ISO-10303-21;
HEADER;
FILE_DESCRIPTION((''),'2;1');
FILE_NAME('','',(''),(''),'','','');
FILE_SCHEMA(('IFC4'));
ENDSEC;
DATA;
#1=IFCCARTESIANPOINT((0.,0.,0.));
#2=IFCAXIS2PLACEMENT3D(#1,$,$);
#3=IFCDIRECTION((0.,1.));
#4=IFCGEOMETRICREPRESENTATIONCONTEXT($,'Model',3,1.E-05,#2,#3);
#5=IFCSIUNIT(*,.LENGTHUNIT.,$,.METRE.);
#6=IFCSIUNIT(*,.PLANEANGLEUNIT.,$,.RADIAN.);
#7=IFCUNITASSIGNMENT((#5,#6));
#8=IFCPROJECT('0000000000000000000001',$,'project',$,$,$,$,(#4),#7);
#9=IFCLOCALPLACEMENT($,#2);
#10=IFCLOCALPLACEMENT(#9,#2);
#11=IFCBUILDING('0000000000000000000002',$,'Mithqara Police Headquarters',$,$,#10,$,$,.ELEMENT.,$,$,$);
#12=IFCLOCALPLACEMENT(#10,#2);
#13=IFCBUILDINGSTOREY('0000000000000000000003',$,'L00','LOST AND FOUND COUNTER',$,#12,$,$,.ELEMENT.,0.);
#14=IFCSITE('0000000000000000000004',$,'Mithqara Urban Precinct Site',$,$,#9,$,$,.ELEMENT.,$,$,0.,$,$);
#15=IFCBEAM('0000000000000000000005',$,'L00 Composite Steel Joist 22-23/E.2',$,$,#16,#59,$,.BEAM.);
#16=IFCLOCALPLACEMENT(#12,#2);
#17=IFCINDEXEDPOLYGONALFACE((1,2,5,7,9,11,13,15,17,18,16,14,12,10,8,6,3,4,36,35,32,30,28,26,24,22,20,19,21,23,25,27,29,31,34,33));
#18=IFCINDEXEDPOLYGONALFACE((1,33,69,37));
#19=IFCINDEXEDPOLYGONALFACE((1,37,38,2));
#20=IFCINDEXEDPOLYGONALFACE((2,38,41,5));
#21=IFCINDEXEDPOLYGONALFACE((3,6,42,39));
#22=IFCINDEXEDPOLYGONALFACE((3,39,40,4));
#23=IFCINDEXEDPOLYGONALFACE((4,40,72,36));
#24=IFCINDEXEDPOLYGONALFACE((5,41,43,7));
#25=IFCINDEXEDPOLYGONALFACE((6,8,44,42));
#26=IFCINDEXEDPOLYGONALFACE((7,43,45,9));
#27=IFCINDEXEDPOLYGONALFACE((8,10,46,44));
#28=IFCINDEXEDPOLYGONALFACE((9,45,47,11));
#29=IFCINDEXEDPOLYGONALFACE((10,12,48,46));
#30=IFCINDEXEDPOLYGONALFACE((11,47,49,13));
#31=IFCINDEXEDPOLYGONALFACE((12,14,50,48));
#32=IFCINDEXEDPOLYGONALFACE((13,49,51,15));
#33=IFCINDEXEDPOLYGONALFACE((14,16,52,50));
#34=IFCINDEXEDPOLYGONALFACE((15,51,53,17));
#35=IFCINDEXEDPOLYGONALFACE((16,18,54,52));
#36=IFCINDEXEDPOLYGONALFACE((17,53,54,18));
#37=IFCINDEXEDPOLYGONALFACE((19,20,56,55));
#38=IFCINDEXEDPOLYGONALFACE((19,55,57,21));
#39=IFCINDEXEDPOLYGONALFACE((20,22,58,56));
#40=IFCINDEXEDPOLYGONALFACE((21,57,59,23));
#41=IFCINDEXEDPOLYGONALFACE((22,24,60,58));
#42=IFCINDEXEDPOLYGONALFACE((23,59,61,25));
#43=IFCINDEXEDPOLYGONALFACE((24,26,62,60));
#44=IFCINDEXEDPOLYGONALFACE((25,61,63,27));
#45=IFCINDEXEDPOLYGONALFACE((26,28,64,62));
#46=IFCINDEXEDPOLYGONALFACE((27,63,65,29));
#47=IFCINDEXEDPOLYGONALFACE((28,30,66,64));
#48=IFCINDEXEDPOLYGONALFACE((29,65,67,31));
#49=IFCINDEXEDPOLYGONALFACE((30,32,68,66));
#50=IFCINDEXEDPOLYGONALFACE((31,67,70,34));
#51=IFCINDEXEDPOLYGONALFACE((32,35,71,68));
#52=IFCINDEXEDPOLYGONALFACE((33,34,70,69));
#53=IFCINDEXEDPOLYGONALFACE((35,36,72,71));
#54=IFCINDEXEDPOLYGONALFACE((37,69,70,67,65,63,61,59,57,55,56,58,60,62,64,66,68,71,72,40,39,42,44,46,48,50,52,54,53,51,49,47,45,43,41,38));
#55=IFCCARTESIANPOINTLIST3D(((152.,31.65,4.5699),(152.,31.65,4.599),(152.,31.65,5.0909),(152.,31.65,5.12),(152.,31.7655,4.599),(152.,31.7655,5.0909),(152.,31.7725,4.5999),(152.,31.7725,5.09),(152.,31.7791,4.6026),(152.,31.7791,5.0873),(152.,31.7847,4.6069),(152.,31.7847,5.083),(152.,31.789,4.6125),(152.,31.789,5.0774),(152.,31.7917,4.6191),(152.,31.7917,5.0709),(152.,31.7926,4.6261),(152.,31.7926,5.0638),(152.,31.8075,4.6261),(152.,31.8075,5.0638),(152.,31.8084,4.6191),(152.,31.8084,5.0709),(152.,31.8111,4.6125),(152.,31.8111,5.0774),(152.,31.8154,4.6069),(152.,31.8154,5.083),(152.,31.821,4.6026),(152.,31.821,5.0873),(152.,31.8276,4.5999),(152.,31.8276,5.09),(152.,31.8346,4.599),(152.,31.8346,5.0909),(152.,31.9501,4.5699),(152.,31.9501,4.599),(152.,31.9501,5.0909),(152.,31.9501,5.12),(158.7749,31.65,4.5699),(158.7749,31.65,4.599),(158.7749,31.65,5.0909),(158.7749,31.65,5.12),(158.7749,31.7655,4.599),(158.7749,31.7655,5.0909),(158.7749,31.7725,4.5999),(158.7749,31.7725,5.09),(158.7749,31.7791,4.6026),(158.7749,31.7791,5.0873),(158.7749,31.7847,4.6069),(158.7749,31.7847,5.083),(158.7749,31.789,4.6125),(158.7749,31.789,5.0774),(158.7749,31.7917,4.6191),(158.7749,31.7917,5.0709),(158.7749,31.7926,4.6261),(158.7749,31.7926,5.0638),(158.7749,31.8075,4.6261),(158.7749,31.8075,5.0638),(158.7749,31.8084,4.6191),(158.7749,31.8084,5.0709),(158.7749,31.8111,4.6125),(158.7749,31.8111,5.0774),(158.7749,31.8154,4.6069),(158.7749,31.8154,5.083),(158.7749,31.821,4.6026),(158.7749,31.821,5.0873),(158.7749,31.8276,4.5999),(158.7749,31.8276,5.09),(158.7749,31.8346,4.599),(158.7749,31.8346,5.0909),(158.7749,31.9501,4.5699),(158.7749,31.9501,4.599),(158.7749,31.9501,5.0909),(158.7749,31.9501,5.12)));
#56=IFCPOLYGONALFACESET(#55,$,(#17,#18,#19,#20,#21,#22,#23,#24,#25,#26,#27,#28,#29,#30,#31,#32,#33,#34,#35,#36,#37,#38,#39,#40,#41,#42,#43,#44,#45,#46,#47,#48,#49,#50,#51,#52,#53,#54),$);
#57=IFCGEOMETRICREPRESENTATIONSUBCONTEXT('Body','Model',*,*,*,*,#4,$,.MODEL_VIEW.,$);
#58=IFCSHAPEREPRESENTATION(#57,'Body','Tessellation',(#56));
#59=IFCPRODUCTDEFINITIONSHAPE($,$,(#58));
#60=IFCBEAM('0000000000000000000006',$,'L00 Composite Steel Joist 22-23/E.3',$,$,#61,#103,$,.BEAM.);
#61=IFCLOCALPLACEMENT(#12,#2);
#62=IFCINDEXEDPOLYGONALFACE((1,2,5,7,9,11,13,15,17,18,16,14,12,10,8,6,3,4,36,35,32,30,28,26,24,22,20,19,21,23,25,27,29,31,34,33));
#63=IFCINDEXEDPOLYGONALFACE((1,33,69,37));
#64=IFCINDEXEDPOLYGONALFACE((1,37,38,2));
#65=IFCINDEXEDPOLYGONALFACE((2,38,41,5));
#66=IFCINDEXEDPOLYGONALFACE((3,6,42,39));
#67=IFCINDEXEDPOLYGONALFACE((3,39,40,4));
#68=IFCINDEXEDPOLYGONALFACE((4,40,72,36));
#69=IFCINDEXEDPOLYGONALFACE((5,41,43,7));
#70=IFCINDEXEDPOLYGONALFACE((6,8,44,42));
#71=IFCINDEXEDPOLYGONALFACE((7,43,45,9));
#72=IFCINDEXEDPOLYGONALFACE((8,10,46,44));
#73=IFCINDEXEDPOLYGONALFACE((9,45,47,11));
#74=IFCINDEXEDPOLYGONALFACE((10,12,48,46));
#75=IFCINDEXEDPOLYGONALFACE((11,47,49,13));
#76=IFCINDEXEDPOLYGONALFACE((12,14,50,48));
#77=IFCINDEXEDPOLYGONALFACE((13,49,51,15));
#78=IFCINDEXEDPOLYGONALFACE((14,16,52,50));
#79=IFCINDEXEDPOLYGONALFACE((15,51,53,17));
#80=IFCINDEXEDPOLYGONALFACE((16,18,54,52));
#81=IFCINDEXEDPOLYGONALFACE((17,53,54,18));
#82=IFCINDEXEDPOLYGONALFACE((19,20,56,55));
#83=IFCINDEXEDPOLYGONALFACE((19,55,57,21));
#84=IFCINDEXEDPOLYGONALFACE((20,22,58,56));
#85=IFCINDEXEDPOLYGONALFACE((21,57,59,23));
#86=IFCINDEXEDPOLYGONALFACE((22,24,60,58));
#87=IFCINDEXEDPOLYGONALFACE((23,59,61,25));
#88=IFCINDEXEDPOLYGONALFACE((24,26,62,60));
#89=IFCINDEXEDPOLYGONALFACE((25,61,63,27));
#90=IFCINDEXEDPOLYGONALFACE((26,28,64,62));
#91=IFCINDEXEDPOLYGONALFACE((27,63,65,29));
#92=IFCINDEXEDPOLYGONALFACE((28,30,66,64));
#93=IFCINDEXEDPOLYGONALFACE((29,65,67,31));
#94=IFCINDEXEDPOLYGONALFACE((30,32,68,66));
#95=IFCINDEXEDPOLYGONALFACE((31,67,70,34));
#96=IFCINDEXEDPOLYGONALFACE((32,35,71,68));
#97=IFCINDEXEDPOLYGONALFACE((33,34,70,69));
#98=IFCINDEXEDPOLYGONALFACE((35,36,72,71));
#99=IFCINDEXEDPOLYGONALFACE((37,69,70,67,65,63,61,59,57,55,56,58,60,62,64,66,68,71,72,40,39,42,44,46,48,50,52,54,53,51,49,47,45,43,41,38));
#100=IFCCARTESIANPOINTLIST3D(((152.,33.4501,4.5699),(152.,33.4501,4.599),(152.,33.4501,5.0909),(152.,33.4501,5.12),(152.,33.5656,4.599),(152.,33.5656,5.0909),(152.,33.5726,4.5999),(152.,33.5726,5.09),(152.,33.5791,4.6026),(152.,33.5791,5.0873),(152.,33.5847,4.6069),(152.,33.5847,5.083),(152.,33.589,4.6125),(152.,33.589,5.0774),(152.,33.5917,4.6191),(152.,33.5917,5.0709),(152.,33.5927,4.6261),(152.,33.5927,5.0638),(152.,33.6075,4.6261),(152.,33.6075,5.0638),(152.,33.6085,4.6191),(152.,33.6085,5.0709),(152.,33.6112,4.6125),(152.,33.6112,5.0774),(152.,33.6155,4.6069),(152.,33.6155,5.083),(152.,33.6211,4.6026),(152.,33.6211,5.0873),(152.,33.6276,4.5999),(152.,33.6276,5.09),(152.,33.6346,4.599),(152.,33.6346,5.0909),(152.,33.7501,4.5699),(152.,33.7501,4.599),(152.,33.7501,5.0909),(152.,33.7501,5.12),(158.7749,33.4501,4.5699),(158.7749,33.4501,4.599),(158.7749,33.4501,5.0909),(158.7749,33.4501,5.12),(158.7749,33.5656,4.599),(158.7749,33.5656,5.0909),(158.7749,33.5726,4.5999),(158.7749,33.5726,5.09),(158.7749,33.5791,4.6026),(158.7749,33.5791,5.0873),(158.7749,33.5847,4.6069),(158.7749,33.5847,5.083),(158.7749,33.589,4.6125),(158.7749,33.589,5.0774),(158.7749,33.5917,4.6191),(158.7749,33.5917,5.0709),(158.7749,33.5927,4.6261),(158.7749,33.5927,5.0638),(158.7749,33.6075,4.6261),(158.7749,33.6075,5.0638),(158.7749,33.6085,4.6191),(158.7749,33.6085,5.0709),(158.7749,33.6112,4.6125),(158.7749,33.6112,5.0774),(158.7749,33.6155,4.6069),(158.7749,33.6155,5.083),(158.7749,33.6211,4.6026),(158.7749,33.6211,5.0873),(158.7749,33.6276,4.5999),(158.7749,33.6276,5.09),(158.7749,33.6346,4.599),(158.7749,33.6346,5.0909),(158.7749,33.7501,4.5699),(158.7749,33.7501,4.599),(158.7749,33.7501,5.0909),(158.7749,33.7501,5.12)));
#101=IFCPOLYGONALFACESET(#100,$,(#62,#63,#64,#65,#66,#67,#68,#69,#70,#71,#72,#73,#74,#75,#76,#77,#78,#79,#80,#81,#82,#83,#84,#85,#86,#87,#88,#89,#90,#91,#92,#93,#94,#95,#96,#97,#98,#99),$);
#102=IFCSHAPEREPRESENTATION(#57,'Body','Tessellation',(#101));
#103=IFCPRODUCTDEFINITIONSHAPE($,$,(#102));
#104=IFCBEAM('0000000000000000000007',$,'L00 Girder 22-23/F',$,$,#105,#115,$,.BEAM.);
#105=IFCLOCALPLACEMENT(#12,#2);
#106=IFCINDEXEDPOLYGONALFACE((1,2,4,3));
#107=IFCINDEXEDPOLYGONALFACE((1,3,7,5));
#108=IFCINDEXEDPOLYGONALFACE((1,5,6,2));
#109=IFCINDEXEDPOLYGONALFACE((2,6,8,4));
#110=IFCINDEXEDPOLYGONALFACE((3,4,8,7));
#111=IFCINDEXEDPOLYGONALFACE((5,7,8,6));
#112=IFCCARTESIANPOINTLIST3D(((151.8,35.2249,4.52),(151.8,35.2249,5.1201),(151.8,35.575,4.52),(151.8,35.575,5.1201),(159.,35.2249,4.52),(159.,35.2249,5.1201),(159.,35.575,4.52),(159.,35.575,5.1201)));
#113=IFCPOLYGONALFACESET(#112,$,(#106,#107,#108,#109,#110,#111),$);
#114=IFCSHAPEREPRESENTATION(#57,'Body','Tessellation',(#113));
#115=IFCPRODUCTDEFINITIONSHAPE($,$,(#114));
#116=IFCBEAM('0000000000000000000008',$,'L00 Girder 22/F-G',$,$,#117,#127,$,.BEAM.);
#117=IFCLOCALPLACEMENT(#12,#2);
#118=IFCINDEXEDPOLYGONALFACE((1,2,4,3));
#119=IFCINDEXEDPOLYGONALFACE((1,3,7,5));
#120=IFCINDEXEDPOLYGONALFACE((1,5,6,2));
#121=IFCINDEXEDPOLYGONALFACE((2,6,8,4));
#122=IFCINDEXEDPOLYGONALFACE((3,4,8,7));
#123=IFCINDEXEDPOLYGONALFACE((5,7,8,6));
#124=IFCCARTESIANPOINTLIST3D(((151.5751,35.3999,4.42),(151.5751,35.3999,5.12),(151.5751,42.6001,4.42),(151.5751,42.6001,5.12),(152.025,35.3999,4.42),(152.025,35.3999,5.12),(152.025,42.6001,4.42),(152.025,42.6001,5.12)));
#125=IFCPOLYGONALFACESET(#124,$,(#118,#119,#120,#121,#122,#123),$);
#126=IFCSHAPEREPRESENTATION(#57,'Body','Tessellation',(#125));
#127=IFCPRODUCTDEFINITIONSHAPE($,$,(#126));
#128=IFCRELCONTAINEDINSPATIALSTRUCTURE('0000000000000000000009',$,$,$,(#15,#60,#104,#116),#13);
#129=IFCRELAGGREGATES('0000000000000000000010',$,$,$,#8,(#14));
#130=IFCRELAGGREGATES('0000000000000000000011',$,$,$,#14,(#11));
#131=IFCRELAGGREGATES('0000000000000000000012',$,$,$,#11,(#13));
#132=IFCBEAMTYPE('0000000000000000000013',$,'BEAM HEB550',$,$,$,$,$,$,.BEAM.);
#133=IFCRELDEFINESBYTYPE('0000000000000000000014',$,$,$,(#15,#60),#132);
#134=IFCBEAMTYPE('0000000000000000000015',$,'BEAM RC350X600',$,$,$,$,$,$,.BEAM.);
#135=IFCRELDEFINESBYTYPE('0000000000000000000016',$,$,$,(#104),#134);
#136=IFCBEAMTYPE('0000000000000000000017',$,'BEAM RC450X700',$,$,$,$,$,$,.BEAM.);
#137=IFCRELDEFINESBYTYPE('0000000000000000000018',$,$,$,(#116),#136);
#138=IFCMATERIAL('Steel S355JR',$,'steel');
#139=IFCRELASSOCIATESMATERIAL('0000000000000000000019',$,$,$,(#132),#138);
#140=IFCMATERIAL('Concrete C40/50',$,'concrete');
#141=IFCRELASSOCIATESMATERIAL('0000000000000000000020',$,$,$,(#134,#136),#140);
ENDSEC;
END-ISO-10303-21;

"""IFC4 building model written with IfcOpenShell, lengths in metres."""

from ifc_helpers import new_model, si_unit, direction, frame, origin, origin_2d, place, context, subcontext, project, spatial, rectangle, i_section, extrude, material, material_profile, profile_set, type_object, element, save


model = new_model("IFC4")

# Units and contexts
model_context = context("Model", 3, precision=1e-05, world=origin(), true_north=direction((0.0, 1.0)))
body_context = subcontext(model_context, "Body", "Model", "MODEL_VIEW")
ifc_project = project(units=[si_unit("LENGTHUNIT", "METRE"), si_unit("PLANEANGLEUNIT", "RADIAN")], contexts=[model_context])

# Site, building, storey
site_placement = place(None, origin())
site = spatial("IfcSite", under=ifc_project, at=site_placement, Name="Mithqara Urban Precinct Site", CompositionType="ELEMENT", RefElevation=0.0)
building_placement = place(site_placement, origin())
building = spatial("IfcBuilding", under=site, at=building_placement, Name="Mithqara Police Headquarters", CompositionType="ELEMENT")
storey_placement = place(building_placement, origin())
storey = spatial("IfcBuildingStorey", under=building, at=storey_placement, Name="L00", Description="LOST AND FOUND COUNTER", CompositionType="ELEMENT", Elevation=0.0)

# Beams
ifc_material_1 = material(Name="Steel S355JR", Category="steel")
ifc_material_profile_1 = material_profile(ifc_material_1, i_section(OverallWidth=0.3, OverallDepth=0.55, WebThickness=0.0149, FlangeThickness=0.0291, FilletRadius=0.0271, at=origin_2d()), Name="HEB 550")
ifc_profile_set_1 = profile_set([ifc_material_profile_1], Name="Steel S355JR")
beam_type_1 = type_object("IfcBeamType", Name="BEAM HEB550", PredefinedType="BEAM", material=ifc_profile_set_1)
for number, where, z_axis, x_axis, name in (
    (1, (152.0, 31.8, 4.845), (1.0, 0.0, 0.0), (0.0, 1.0, 0.0), "L00 Composite Steel Joist 22-23/E.2"),
    (2, (152.0, 33.6001, 4.845), (1.0, 0.0, 0.0), (0.0, 1.0, 0.0), "L00 Composite Steel Joist 22-23/E.3"),
):
    element("IfcBeam", number, at=place(storey_placement, frame(where, z_axis=z_axis, x_axis=x_axis)), inside=storey, type_object=beam_type_1, Name=name, PredefinedType="BEAM", context=body_context, shape_type="SweptSolid", body=[
        extrude(i_section(OverallWidth=0.3, OverallDepth=0.55, WebThickness=0.0149, FlangeThickness=0.0291, FilletRadius=0.0271, at=origin_2d()), origin(), (0.0, 0.0, 1.0), 6.7749),
    ])
ifc_material_2 = material(Name="Concrete C40/50", Category="concrete")
ifc_material_profile_2 = material_profile(ifc_material_2, rectangle(XDim=0.3501, YDim=0.6001, at=origin_2d()), Name="RC 350x600")
ifc_profile_set_2 = profile_set([ifc_material_profile_2], Name="Concrete C40/50")
beam_type_2 = type_object("IfcBeamType", Name="BEAM RC350X600", PredefinedType="BEAM", material=ifc_profile_set_2)
beam_1_placement = place(storey_placement, frame((151.8, 35.3999, 4.8201), z_axis=(1.0, 0.0, 0.0), x_axis=(0.0, 1.0, 0.0)))
element("IfcBeam", 3, at=beam_1_placement, inside=storey, type_object=beam_type_2, Name="L00 Girder 22-23/F", PredefinedType="BEAM", context=body_context, shape_type="SweptSolid", body=[
    extrude(rectangle(XDim=0.3501, YDim=0.6001, at=origin_2d()), origin(), (0.0, 0.0, 1.0), 7.2),
])
ifc_material_profile_3 = material_profile(ifc_material_2, rectangle(XDim=0.45, YDim=0.7, at=origin_2d()), Name="RC 450x700")
ifc_profile_set_3 = profile_set([ifc_material_profile_3], Name="Concrete C40/50")
beam_type_3 = type_object("IfcBeamType", Name="BEAM RC450X700", PredefinedType="BEAM", material=ifc_profile_set_3)
beam_2_placement = place(storey_placement, frame((151.8, 35.3999, 4.77), z_axis=(0.0, 1.0, 0.0), x_axis=(-1.0, 0.0, 0.0)))
element("IfcBeam", 4, at=beam_2_placement, inside=storey, type_object=beam_type_3, Name="L00 Girder 22/F-G", PredefinedType="BEAM", context=body_context, shape_type="SweptSolid", body=[
    extrude(rectangle(XDim=0.45, YDim=0.7, at=origin_2d()), origin(), (0.0, 0.0, 1.0), 7.2002),
])

save(model, "model.ifc")
